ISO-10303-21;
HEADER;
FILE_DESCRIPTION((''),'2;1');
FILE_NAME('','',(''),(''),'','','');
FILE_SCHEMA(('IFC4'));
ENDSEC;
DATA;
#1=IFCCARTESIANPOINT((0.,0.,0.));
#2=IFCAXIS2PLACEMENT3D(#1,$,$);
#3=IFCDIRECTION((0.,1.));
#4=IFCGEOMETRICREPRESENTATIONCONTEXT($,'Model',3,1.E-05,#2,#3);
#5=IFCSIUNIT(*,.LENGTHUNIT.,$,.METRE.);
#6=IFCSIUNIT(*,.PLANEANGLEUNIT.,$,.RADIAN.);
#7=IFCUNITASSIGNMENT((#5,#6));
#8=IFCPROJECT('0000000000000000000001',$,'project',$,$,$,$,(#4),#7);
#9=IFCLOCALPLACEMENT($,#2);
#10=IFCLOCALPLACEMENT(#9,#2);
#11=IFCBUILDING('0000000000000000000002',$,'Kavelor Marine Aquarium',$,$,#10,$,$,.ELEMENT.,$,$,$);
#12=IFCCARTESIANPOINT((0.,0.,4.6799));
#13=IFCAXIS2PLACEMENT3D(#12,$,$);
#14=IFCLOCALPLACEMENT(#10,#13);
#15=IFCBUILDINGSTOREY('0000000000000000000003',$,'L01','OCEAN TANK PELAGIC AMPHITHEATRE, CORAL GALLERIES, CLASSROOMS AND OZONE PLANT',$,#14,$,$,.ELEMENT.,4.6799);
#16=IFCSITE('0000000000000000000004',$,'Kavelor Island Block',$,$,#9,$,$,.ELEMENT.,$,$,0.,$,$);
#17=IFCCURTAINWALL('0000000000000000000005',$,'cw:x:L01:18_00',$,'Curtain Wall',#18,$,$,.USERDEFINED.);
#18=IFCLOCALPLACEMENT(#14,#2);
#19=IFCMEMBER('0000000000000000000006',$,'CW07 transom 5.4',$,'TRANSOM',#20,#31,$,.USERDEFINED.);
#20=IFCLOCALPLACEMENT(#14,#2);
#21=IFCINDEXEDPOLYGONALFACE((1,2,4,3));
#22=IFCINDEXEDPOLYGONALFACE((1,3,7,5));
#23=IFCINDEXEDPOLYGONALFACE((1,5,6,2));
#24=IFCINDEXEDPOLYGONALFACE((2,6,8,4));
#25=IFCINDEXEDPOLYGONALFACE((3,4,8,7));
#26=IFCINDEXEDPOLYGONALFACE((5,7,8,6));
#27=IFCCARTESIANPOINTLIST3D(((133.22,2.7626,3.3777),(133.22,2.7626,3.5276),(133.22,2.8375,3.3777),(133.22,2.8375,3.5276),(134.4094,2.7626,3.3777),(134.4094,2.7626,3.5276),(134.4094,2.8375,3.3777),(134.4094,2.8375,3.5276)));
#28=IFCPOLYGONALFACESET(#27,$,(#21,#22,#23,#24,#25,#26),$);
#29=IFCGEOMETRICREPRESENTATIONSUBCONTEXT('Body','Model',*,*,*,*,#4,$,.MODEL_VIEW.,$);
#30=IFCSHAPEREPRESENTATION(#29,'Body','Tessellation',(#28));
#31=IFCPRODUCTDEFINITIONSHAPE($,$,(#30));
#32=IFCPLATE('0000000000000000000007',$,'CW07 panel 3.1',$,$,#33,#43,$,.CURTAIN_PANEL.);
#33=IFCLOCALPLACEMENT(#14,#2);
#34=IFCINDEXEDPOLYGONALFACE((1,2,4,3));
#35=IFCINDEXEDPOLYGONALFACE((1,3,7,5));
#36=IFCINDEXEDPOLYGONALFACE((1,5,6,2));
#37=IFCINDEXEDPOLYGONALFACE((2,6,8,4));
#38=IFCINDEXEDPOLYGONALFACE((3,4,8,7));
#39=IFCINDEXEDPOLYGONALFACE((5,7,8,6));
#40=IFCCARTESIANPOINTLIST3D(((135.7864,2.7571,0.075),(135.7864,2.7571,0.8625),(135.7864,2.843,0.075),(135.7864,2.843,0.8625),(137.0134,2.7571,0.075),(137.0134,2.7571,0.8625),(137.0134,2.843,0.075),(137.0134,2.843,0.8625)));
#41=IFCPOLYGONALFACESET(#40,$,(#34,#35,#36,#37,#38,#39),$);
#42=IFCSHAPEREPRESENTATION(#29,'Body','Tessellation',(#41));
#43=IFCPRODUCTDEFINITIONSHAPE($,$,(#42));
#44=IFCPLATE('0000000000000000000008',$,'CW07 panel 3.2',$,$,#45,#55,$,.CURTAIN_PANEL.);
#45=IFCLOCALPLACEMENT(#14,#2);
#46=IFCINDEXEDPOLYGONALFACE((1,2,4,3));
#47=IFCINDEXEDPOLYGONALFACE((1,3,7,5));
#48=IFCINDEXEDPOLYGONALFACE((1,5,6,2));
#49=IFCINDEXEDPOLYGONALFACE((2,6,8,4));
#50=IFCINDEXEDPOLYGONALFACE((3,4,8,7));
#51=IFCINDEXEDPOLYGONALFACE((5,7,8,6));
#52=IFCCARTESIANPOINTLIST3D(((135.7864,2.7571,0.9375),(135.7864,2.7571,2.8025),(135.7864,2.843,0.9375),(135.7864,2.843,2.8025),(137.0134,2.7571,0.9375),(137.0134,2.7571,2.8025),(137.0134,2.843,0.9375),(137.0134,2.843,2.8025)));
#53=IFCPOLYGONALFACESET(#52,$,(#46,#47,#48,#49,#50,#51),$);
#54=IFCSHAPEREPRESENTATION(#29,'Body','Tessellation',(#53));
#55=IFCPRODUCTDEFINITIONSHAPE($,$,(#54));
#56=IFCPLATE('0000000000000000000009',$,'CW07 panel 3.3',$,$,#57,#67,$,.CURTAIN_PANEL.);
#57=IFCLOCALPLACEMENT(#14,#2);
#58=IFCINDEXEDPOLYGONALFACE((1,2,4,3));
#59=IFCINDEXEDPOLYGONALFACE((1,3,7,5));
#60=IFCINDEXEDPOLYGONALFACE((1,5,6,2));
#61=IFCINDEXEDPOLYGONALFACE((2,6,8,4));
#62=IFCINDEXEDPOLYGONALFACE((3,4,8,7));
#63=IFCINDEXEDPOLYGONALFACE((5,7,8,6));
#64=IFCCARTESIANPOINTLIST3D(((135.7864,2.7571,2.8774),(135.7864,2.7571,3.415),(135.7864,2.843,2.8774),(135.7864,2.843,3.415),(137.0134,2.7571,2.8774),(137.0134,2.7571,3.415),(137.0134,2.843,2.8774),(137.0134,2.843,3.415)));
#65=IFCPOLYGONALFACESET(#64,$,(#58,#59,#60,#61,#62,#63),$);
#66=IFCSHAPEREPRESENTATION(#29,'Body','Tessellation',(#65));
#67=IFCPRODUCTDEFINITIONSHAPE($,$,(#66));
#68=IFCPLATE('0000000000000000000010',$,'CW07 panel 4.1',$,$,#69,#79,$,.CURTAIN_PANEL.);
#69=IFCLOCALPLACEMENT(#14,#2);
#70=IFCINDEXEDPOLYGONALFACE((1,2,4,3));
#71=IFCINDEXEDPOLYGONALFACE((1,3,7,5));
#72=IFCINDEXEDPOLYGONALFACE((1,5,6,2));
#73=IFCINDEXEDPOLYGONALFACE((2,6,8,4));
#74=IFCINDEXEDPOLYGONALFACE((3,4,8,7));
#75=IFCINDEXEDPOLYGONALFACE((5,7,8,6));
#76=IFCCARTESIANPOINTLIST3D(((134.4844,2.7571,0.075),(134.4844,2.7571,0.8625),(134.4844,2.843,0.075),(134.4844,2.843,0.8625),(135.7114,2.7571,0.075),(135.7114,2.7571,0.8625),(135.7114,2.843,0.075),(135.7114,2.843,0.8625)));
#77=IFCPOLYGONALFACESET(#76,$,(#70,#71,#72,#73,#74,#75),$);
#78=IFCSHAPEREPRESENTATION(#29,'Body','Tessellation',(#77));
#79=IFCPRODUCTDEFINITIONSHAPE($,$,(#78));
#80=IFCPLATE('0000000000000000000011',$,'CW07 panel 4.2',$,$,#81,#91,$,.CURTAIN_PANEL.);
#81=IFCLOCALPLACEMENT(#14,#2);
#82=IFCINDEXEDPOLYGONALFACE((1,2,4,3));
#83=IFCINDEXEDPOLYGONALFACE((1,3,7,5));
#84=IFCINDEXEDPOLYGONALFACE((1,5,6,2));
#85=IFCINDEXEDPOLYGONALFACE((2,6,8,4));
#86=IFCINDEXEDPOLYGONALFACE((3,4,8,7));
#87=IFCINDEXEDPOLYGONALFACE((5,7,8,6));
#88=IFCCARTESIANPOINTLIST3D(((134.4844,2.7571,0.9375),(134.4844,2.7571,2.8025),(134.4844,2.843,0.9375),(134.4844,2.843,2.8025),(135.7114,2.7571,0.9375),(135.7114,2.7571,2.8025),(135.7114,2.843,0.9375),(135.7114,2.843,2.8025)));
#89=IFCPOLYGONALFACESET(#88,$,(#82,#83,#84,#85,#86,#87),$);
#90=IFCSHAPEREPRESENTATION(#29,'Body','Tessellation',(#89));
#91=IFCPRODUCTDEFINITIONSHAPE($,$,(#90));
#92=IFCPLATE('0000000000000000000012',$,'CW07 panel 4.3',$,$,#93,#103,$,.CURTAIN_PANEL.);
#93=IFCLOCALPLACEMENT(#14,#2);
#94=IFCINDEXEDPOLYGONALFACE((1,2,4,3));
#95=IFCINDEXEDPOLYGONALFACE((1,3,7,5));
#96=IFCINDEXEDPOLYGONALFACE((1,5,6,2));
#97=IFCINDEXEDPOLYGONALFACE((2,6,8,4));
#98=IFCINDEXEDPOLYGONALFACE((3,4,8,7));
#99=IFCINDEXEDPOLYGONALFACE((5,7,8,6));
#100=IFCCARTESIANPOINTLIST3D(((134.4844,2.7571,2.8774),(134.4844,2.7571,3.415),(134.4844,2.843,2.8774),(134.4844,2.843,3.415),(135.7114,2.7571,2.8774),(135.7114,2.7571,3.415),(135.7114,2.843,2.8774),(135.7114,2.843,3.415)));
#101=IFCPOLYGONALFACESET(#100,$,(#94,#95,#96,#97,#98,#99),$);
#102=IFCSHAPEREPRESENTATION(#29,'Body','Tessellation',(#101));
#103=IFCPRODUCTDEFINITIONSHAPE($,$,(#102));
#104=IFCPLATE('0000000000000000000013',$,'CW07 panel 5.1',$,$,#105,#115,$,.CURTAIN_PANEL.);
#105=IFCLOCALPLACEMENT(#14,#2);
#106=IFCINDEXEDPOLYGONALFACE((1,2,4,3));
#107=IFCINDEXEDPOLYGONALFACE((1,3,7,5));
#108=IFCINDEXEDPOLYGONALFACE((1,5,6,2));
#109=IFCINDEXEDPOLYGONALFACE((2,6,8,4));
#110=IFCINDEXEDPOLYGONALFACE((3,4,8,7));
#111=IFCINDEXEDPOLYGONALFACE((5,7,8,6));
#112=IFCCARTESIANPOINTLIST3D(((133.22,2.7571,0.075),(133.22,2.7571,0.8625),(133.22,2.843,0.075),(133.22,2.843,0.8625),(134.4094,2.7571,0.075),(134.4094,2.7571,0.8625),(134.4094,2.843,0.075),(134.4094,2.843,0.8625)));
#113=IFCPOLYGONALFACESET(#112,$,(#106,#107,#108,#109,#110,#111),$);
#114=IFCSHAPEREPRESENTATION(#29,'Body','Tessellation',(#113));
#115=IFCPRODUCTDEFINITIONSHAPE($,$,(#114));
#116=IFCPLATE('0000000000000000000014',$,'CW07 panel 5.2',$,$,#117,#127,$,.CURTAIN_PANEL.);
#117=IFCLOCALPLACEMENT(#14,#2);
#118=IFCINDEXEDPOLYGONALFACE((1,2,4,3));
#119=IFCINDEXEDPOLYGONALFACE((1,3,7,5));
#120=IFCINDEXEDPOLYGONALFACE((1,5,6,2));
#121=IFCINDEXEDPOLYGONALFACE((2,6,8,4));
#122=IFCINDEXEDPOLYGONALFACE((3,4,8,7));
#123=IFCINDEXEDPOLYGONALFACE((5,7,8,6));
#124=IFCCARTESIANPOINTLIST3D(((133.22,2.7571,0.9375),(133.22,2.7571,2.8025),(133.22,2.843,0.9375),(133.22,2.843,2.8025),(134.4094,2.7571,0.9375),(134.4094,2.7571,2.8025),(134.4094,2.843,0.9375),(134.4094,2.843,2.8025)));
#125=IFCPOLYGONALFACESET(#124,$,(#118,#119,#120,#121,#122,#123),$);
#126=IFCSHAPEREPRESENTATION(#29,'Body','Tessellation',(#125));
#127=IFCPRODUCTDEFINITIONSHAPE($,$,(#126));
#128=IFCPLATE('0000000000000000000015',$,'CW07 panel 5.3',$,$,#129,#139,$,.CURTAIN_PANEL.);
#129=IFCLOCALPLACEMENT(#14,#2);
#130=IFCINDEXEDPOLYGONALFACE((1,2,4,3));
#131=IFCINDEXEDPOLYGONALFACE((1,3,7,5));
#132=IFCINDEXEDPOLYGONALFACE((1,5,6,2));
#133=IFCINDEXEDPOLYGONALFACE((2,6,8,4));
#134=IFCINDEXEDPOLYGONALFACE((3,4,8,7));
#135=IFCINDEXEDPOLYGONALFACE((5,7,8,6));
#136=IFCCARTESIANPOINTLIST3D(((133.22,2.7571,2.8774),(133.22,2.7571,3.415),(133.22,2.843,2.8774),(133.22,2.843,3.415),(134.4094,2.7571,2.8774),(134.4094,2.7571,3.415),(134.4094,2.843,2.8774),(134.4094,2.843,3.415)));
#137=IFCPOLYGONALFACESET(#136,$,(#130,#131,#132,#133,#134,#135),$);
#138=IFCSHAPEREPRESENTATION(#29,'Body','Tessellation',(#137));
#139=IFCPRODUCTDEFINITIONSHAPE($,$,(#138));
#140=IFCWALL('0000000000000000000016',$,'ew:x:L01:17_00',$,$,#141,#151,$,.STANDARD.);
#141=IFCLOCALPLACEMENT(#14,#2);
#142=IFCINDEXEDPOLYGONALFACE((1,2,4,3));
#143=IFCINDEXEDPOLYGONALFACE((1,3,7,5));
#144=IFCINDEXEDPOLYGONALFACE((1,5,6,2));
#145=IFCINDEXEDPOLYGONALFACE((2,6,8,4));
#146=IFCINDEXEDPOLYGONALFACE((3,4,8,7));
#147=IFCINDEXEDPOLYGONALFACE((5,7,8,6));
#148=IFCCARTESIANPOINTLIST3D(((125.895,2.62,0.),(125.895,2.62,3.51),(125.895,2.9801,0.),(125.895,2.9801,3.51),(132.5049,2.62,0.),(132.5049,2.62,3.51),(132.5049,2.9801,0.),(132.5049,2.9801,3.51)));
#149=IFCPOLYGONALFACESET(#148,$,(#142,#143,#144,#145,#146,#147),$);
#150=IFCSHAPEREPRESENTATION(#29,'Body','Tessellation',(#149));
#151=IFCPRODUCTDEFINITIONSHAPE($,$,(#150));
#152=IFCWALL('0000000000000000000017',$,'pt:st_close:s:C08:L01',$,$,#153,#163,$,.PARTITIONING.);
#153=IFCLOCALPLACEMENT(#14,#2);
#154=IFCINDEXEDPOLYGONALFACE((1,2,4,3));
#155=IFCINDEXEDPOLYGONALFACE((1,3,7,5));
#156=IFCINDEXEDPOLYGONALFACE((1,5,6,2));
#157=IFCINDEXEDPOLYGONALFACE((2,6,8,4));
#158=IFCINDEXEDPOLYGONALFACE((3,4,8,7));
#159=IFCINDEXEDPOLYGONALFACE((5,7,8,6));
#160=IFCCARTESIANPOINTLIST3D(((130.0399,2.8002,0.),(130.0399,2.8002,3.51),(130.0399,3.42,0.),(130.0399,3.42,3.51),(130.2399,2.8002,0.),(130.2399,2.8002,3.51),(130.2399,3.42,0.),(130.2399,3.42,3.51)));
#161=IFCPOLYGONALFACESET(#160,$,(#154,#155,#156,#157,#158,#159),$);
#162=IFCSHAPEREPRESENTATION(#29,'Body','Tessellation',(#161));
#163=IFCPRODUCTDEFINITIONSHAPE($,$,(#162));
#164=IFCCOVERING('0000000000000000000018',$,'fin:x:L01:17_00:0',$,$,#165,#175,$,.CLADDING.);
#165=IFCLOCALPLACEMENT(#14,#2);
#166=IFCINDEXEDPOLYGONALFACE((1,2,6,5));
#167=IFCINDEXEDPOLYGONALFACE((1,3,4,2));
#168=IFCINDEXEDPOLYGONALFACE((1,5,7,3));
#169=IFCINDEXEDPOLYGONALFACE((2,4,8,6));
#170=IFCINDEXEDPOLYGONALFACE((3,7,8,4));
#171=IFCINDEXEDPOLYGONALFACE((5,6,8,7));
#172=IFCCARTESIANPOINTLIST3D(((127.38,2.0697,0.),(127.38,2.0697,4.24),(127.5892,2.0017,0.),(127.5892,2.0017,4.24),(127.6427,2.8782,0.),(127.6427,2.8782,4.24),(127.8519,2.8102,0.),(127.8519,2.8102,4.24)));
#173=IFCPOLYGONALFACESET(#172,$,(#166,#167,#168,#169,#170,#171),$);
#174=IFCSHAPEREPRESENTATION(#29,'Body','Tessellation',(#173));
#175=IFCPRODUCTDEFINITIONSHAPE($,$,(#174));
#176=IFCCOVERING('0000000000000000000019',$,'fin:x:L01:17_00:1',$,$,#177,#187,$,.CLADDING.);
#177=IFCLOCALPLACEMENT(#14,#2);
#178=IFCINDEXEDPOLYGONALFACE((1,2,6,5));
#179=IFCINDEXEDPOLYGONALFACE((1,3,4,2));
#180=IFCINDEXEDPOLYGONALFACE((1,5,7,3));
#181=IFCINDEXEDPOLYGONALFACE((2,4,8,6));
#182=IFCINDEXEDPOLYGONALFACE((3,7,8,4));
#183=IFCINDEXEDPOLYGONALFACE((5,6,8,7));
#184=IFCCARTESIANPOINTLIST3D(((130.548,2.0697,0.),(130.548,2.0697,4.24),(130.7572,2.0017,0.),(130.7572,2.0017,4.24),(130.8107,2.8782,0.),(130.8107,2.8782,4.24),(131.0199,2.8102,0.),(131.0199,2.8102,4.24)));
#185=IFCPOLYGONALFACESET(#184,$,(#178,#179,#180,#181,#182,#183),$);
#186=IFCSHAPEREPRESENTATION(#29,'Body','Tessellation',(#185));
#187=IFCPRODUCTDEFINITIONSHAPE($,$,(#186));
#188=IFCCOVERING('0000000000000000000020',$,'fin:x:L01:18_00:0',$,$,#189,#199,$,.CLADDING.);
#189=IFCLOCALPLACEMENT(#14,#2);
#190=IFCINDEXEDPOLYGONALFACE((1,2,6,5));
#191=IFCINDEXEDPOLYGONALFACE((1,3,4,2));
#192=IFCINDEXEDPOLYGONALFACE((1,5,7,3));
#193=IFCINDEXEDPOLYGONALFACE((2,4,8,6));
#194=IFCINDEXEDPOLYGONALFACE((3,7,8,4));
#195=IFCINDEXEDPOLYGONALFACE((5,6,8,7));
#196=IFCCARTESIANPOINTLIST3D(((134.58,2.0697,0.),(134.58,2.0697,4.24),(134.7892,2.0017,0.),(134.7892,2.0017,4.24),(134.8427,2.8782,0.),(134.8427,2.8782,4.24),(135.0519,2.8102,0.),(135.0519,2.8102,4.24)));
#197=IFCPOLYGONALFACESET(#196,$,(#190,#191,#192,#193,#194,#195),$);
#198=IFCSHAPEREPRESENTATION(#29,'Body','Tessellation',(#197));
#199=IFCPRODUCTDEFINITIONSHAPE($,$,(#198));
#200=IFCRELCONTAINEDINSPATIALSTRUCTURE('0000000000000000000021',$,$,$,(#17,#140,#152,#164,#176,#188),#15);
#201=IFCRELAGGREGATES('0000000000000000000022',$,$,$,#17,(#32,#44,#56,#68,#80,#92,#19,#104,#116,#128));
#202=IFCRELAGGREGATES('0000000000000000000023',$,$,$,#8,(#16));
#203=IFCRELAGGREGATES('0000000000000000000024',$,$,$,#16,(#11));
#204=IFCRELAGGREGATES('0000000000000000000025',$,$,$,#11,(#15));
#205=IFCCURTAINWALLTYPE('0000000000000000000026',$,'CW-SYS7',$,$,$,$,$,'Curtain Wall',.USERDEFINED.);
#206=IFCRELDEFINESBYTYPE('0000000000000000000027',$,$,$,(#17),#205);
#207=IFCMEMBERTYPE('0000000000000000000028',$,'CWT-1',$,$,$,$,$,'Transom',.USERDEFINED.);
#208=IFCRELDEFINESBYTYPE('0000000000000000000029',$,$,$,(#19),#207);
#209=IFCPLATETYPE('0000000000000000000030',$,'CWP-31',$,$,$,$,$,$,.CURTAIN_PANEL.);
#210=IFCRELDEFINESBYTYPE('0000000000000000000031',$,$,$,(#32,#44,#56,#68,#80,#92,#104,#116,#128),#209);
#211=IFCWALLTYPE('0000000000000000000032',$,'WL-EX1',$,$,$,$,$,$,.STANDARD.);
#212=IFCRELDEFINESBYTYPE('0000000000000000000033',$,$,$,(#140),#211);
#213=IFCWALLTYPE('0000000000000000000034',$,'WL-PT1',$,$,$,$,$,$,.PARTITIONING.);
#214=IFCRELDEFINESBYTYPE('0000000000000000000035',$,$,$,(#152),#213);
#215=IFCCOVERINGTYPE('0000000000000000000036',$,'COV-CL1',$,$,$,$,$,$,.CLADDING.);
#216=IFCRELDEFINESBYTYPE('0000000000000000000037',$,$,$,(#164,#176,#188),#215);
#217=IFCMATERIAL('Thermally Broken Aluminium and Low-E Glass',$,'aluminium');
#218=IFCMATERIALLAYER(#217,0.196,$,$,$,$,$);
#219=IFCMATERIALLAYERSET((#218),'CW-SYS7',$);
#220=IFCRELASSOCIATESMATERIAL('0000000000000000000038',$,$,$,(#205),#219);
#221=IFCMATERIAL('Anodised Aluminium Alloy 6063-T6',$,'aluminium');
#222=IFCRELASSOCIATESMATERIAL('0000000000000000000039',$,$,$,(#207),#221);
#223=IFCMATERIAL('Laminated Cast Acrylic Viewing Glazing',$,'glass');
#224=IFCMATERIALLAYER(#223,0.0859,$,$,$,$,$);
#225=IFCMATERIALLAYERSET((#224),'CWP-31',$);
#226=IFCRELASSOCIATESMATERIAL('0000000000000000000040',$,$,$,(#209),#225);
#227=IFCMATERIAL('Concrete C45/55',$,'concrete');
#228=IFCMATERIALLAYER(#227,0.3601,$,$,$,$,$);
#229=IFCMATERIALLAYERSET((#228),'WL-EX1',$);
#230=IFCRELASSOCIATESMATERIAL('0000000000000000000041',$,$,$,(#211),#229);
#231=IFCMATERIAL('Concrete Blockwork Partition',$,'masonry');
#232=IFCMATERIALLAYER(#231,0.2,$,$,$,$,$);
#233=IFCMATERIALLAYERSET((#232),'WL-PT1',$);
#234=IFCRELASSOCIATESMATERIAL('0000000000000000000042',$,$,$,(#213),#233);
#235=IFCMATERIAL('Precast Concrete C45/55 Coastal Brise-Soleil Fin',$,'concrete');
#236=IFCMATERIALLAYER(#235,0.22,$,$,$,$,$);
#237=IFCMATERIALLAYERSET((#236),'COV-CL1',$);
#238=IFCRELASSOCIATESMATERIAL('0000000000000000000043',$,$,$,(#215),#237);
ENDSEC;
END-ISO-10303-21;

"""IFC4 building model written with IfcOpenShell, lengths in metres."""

from ifc_helpers import new_model, si_unit, direction, frame, frame_2d, origin, origin_2d, place, context, subcontext, project, spatial, rectangle, extrude, material, layer, layer_set, material_profile, profile_set, type_object, element, aggregate, save


model = new_model("IFC4")

# Units and contexts
model_context = context("Model", 3, precision=1e-05, world=origin(), true_north=direction((0.0, 1.0)))
body_context = subcontext(model_context, "Body", "Model", "MODEL_VIEW")
ifc_project = project(units=[si_unit("LENGTHUNIT", "METRE"), si_unit("PLANEANGLEUNIT", "RADIAN")], contexts=[model_context])

# Site, building, storey
site_placement = place(None, origin())
site = spatial("IfcSite", under=ifc_project, at=site_placement, Name="Kavelor Island Block", CompositionType="ELEMENT", RefElevation=0.0)
building_placement = place(site_placement, origin())
building = spatial("IfcBuilding", under=site, at=building_placement, Name="Kavelor Marine Aquarium", CompositionType="ELEMENT")
storey_placement = place(building_placement, frame((0.0, 0.0, 4.6799)))
storey = spatial("IfcBuildingStorey", under=building, at=storey_placement, Name="L01", Description="OCEAN TANK PELAGIC AMPHITHEATRE, CORAL GALLERIES, CLASSROOMS AND OZONE PLANT", CompositionType="ELEMENT", Elevation=4.6799)

# Curtain wall, member, plates
ifc_material_1 = material(Name="Thermally Broken Aluminium and Low-E Glass", Category="aluminium")
ifc_layer_1 = layer(ifc_material_1, 0.196)
ifc_layer_set_1 = layer_set([ifc_layer_1], Name="CW-SYS7")
curtain_wall_type = type_object("IfcCurtainWallType", Name="CW-SYS7", ElementType="Curtain Wall", PredefinedType="USERDEFINED", material=ifc_layer_set_1)
curtain_wall_placement = place(storey_placement, origin())
curtain_wall = element("IfcCurtainWall", 1, at=curtain_wall_placement, inside=storey, type_object=curtain_wall_type, Name="cw:x:L01:18_00", ObjectType="Curtain Wall", PredefinedType="USERDEFINED")
ifc_material_2 = material(Name="Anodised Aluminium Alloy 6063-T6", Category="aluminium")
ifc_material_profile_1 = material_profile(ifc_material_2, rectangle(XDim=0.075, YDim=0.1499, at=origin_2d()), Name="CW-TRN 75x150")
ifc_profile_set_1 = profile_set([ifc_material_profile_1], Name="Anodised Aluminium Alloy 6063-T6")
member_type_1 = type_object("IfcMemberType", Name="CWT-1", ElementType="Transom", PredefinedType="USERDEFINED", material=ifc_profile_set_1)
member_1_placement = place(storey_placement, frame((134.4094, 2.8, 3.4526), z_axis=(-1.0, 0.0, 0.0), x_axis=(0.0, -1.0, 0.0)))
member_1 = element("IfcMember", 2, at=member_1_placement, type_object=member_type_1, Name="CW07 transom 5.4", ObjectType="TRANSOM", PredefinedType="USERDEFINED", context=body_context, shape_type="SweptSolid", body=[
    extrude(rectangle(XDim=0.075, YDim=0.1499, at=origin_2d()), origin(), (0.0, 0.0, 1.0), 1.1895),
])
ifc_material_3 = material(Name="Laminated Cast Acrylic Viewing Glazing", Category="glass")
ifc_layer_2 = layer(ifc_material_3, 0.0859)
ifc_layer_set_2 = layer_set([ifc_layer_2], Name="CWP-31")
plate_type = type_object("IfcPlateType", Name="CWP-31", PredefinedType="CURTAIN_PANEL", material=ifc_layer_set_2)
plate_1_placement = place(storey_placement, frame((136.3999, 2.8, 0.075), z_axis=(0.0, 0.0, 1.0), x_axis=(-1.0, 0.0, 0.0)))
plate_1 = element("IfcPlate", 3, at=plate_1_placement, type_object=plate_type, Name="CW07 panel 3.1", PredefinedType="CURTAIN_PANEL", context=body_context, shape_type="SweptSolid", body=[
    extrude(rectangle(XDim=1.2271, YDim=0.0859, at=origin_2d()), origin(), (0.0, 0.0, 1.0), 0.7876),
])
plate_2_placement = place(storey_placement, frame((136.3999, 2.8, 0.9375), z_axis=(0.0, 0.0, 1.0), x_axis=(-1.0, 0.0, 0.0)))
plate_2 = element("IfcPlate", 4, at=plate_2_placement, type_object=plate_type, Name="CW07 panel 3.2", PredefinedType="CURTAIN_PANEL", context=body_context, shape_type="SweptSolid", body=[
    extrude(rectangle(XDim=1.2271, YDim=0.0859, at=origin_2d()), origin(), (0.0, 0.0, 1.0), 1.865),
])
plate_3_placement = place(storey_placement, frame((136.3999, 2.8, 2.8774), z_axis=(0.0, 0.0, 1.0), x_axis=(-1.0, 0.0, 0.0)))
plate_3 = element("IfcPlate", 5, at=plate_3_placement, type_object=plate_type, Name="CW07 panel 3.3", PredefinedType="CURTAIN_PANEL", context=body_context, shape_type="SweptSolid", body=[
    extrude(rectangle(XDim=1.2271, YDim=0.0859, at=origin_2d()), origin(), (0.0, 0.0, 1.0), 0.5376),
])
plate_4_placement = place(storey_placement, frame((135.0979, 2.8, 0.075), z_axis=(0.0, 0.0, 1.0), x_axis=(-1.0, 0.0, 0.0)))
plate_4 = element("IfcPlate", 6, at=plate_4_placement, type_object=plate_type, Name="CW07 panel 4.1", PredefinedType="CURTAIN_PANEL", context=body_context, shape_type="SweptSolid", body=[
    extrude(rectangle(XDim=1.2271, YDim=0.0859, at=origin_2d()), origin(), (0.0, 0.0, 1.0), 0.7876),
])
plate_5_placement = place(storey_placement, frame((135.0979, 2.8, 0.9375), z_axis=(0.0, 0.0, 1.0), x_axis=(-1.0, 0.0, 0.0)))
plate_5 = element("IfcPlate", 7, at=plate_5_placement, type_object=plate_type, Name="CW07 panel 4.2", PredefinedType="CURTAIN_PANEL", context=body_context, shape_type="SweptSolid", body=[
    extrude(rectangle(XDim=1.2271, YDim=0.0859, at=origin_2d()), origin(), (0.0, 0.0, 1.0), 1.865),
])
plate_6_placement = place(storey_placement, frame((135.0979, 2.8, 2.8774), z_axis=(0.0, 0.0, 1.0), x_axis=(-1.0, 0.0, 0.0)))
plate_6 = element("IfcPlate", 8, at=plate_6_placement, type_object=plate_type, Name="CW07 panel 4.3", PredefinedType="CURTAIN_PANEL", context=body_context, shape_type="SweptSolid", body=[
    extrude(rectangle(XDim=1.2271, YDim=0.0859, at=origin_2d()), origin(), (0.0, 0.0, 1.0), 0.5376),
])
plate_7_placement = place(storey_placement, frame((133.8147, 2.8, 0.075), z_axis=(0.0, 0.0, 1.0), x_axis=(-1.0, 0.0, 0.0)))
plate_7 = element("IfcPlate", 9, at=plate_7_placement, type_object=plate_type, Name="CW07 panel 5.1", PredefinedType="CURTAIN_PANEL", context=body_context, shape_type="SweptSolid", body=[
    extrude(rectangle(XDim=1.1895, YDim=0.0859, at=origin_2d()), origin(), (0.0, 0.0, 1.0), 0.7876),
])
plate_8_placement = place(storey_placement, frame((133.8147, 2.8, 0.9375), z_axis=(0.0, 0.0, 1.0), x_axis=(-1.0, 0.0, 0.0)))
plate_8 = element("IfcPlate", 10, at=plate_8_placement, type_object=plate_type, Name="CW07 panel 5.2", PredefinedType="CURTAIN_PANEL", context=body_context, shape_type="SweptSolid", body=[
    extrude(rectangle(XDim=1.1895, YDim=0.0859, at=origin_2d()), origin(), (0.0, 0.0, 1.0), 1.865),
])
plate_9_placement = place(storey_placement, frame((133.8147, 2.8, 2.8774), z_axis=(0.0, 0.0, 1.0), x_axis=(-1.0, 0.0, 0.0)))
plate_9 = element("IfcPlate", 11, at=plate_9_placement, type_object=plate_type, Name="CW07 panel 5.3", PredefinedType="CURTAIN_PANEL", context=body_context, shape_type="SweptSolid", body=[
    extrude(rectangle(XDim=1.1895, YDim=0.0859, at=origin_2d()), origin(), (0.0, 0.0, 1.0), 0.5376),
])
aggregate(curtain_wall, [plate_1, plate_2, plate_3, plate_4, plate_5, plate_6, member_1, plate_7, plate_8, plate_9])

# Walls
ifc_material_4 = material(Name="Concrete C45/55", Category="concrete")
ifc_layer_3 = layer(ifc_material_4, 0.3601)
ifc_layer_set_3 = layer_set([ifc_layer_3], Name="WL-EX1")
wall_type_1 = type_object("IfcWallType", Name="WL-EX1", PredefinedType="STANDARD", material=ifc_layer_set_3)
wall_1_placement = place(storey_placement, frame((132.5049, 2.8, 0.0), z_axis=(0.0, 0.0, 1.0), x_axis=(-1.0, 0.0, 0.0)))
element("IfcWall", 12, at=wall_1_placement, inside=storey, type_object=wall_type_1, Name="ew:x:L01:17_00", PredefinedType="STANDARD", context=body_context, shape_type="SweptSolid", body=[
    extrude(rectangle(XDim=6.6099, YDim=0.3601, at=frame_2d((3.3049, 0.0))), origin(), (0.0, 0.0, 1.0), 3.51),
])
ifc_material_5 = material(Name="Concrete Blockwork Partition", Category="masonry")
ifc_layer_4 = layer(ifc_material_5, 0.2)
ifc_layer_set_4 = layer_set([ifc_layer_4], Name="WL-PT1")
wall_type_2 = type_object("IfcWallType", Name="WL-PT1", PredefinedType="PARTITIONING", material=ifc_layer_set_4)
wall_2_placement = place(storey_placement, frame((130.1399, 2.8, 0.0), z_axis=(0.0, 0.0, 1.0), x_axis=(0.0, 1.0, 0.0)))
element("IfcWall", 13, at=wall_2_placement, inside=storey, type_object=wall_type_2, Name="pt:st_close:s:C08:L01", PredefinedType="PARTITIONING", context=body_context, shape_type="SweptSolid", body=[
    extrude(rectangle(XDim=0.6199, YDim=0.2, at=frame_2d((0.3101, 0.0))), origin(), (0.0, 0.0, 1.0), 3.51),
])

# Coverings
ifc_material_6 = material(Name="Precast Concrete C45/55 Coastal Brise-Soleil Fin", Category="concrete")
ifc_layer_5 = layer(ifc_material_6, 0.22)
ifc_layer_set_5 = layer_set([ifc_layer_5], Name="COV-CL1")
covering_type = type_object("IfcCoveringType", Name="COV-CL1", PredefinedType="CLADDING", material=ifc_layer_set_5)
for number, where, z_axis, x_axis, name in (
    (14, (127.616, 2.4399, 0.0), (0.0, 0.0, 1.0), (0.951057, -0.309017, 0.0), "fin:x:L01:17_00:0"),
    (15, (130.7839, 2.4399, 0.0), (0.0, 0.0, 1.0), (0.951057, -0.309017, 0.0), "fin:x:L01:17_00:1"),
    (16, (134.8159, 2.4399, 0.0), (0.0, 0.0, 1.0), (0.951057, -0.309017, 0.0), "fin:x:L01:18_00:0"),
):
    element("IfcCovering", number, at=place(storey_placement, frame(where, z_axis=z_axis, x_axis=x_axis)), inside=storey, type_object=covering_type, Name=name, PredefinedType="CLADDING", context=body_context, shape_type="SweptSolid", body=[
        extrude(rectangle(XDim=0.22, YDim=0.8501, at=origin_2d()), origin(), (0.0, 0.0, 1.0), 4.24),
    ])

save(model, "model.ifc")
